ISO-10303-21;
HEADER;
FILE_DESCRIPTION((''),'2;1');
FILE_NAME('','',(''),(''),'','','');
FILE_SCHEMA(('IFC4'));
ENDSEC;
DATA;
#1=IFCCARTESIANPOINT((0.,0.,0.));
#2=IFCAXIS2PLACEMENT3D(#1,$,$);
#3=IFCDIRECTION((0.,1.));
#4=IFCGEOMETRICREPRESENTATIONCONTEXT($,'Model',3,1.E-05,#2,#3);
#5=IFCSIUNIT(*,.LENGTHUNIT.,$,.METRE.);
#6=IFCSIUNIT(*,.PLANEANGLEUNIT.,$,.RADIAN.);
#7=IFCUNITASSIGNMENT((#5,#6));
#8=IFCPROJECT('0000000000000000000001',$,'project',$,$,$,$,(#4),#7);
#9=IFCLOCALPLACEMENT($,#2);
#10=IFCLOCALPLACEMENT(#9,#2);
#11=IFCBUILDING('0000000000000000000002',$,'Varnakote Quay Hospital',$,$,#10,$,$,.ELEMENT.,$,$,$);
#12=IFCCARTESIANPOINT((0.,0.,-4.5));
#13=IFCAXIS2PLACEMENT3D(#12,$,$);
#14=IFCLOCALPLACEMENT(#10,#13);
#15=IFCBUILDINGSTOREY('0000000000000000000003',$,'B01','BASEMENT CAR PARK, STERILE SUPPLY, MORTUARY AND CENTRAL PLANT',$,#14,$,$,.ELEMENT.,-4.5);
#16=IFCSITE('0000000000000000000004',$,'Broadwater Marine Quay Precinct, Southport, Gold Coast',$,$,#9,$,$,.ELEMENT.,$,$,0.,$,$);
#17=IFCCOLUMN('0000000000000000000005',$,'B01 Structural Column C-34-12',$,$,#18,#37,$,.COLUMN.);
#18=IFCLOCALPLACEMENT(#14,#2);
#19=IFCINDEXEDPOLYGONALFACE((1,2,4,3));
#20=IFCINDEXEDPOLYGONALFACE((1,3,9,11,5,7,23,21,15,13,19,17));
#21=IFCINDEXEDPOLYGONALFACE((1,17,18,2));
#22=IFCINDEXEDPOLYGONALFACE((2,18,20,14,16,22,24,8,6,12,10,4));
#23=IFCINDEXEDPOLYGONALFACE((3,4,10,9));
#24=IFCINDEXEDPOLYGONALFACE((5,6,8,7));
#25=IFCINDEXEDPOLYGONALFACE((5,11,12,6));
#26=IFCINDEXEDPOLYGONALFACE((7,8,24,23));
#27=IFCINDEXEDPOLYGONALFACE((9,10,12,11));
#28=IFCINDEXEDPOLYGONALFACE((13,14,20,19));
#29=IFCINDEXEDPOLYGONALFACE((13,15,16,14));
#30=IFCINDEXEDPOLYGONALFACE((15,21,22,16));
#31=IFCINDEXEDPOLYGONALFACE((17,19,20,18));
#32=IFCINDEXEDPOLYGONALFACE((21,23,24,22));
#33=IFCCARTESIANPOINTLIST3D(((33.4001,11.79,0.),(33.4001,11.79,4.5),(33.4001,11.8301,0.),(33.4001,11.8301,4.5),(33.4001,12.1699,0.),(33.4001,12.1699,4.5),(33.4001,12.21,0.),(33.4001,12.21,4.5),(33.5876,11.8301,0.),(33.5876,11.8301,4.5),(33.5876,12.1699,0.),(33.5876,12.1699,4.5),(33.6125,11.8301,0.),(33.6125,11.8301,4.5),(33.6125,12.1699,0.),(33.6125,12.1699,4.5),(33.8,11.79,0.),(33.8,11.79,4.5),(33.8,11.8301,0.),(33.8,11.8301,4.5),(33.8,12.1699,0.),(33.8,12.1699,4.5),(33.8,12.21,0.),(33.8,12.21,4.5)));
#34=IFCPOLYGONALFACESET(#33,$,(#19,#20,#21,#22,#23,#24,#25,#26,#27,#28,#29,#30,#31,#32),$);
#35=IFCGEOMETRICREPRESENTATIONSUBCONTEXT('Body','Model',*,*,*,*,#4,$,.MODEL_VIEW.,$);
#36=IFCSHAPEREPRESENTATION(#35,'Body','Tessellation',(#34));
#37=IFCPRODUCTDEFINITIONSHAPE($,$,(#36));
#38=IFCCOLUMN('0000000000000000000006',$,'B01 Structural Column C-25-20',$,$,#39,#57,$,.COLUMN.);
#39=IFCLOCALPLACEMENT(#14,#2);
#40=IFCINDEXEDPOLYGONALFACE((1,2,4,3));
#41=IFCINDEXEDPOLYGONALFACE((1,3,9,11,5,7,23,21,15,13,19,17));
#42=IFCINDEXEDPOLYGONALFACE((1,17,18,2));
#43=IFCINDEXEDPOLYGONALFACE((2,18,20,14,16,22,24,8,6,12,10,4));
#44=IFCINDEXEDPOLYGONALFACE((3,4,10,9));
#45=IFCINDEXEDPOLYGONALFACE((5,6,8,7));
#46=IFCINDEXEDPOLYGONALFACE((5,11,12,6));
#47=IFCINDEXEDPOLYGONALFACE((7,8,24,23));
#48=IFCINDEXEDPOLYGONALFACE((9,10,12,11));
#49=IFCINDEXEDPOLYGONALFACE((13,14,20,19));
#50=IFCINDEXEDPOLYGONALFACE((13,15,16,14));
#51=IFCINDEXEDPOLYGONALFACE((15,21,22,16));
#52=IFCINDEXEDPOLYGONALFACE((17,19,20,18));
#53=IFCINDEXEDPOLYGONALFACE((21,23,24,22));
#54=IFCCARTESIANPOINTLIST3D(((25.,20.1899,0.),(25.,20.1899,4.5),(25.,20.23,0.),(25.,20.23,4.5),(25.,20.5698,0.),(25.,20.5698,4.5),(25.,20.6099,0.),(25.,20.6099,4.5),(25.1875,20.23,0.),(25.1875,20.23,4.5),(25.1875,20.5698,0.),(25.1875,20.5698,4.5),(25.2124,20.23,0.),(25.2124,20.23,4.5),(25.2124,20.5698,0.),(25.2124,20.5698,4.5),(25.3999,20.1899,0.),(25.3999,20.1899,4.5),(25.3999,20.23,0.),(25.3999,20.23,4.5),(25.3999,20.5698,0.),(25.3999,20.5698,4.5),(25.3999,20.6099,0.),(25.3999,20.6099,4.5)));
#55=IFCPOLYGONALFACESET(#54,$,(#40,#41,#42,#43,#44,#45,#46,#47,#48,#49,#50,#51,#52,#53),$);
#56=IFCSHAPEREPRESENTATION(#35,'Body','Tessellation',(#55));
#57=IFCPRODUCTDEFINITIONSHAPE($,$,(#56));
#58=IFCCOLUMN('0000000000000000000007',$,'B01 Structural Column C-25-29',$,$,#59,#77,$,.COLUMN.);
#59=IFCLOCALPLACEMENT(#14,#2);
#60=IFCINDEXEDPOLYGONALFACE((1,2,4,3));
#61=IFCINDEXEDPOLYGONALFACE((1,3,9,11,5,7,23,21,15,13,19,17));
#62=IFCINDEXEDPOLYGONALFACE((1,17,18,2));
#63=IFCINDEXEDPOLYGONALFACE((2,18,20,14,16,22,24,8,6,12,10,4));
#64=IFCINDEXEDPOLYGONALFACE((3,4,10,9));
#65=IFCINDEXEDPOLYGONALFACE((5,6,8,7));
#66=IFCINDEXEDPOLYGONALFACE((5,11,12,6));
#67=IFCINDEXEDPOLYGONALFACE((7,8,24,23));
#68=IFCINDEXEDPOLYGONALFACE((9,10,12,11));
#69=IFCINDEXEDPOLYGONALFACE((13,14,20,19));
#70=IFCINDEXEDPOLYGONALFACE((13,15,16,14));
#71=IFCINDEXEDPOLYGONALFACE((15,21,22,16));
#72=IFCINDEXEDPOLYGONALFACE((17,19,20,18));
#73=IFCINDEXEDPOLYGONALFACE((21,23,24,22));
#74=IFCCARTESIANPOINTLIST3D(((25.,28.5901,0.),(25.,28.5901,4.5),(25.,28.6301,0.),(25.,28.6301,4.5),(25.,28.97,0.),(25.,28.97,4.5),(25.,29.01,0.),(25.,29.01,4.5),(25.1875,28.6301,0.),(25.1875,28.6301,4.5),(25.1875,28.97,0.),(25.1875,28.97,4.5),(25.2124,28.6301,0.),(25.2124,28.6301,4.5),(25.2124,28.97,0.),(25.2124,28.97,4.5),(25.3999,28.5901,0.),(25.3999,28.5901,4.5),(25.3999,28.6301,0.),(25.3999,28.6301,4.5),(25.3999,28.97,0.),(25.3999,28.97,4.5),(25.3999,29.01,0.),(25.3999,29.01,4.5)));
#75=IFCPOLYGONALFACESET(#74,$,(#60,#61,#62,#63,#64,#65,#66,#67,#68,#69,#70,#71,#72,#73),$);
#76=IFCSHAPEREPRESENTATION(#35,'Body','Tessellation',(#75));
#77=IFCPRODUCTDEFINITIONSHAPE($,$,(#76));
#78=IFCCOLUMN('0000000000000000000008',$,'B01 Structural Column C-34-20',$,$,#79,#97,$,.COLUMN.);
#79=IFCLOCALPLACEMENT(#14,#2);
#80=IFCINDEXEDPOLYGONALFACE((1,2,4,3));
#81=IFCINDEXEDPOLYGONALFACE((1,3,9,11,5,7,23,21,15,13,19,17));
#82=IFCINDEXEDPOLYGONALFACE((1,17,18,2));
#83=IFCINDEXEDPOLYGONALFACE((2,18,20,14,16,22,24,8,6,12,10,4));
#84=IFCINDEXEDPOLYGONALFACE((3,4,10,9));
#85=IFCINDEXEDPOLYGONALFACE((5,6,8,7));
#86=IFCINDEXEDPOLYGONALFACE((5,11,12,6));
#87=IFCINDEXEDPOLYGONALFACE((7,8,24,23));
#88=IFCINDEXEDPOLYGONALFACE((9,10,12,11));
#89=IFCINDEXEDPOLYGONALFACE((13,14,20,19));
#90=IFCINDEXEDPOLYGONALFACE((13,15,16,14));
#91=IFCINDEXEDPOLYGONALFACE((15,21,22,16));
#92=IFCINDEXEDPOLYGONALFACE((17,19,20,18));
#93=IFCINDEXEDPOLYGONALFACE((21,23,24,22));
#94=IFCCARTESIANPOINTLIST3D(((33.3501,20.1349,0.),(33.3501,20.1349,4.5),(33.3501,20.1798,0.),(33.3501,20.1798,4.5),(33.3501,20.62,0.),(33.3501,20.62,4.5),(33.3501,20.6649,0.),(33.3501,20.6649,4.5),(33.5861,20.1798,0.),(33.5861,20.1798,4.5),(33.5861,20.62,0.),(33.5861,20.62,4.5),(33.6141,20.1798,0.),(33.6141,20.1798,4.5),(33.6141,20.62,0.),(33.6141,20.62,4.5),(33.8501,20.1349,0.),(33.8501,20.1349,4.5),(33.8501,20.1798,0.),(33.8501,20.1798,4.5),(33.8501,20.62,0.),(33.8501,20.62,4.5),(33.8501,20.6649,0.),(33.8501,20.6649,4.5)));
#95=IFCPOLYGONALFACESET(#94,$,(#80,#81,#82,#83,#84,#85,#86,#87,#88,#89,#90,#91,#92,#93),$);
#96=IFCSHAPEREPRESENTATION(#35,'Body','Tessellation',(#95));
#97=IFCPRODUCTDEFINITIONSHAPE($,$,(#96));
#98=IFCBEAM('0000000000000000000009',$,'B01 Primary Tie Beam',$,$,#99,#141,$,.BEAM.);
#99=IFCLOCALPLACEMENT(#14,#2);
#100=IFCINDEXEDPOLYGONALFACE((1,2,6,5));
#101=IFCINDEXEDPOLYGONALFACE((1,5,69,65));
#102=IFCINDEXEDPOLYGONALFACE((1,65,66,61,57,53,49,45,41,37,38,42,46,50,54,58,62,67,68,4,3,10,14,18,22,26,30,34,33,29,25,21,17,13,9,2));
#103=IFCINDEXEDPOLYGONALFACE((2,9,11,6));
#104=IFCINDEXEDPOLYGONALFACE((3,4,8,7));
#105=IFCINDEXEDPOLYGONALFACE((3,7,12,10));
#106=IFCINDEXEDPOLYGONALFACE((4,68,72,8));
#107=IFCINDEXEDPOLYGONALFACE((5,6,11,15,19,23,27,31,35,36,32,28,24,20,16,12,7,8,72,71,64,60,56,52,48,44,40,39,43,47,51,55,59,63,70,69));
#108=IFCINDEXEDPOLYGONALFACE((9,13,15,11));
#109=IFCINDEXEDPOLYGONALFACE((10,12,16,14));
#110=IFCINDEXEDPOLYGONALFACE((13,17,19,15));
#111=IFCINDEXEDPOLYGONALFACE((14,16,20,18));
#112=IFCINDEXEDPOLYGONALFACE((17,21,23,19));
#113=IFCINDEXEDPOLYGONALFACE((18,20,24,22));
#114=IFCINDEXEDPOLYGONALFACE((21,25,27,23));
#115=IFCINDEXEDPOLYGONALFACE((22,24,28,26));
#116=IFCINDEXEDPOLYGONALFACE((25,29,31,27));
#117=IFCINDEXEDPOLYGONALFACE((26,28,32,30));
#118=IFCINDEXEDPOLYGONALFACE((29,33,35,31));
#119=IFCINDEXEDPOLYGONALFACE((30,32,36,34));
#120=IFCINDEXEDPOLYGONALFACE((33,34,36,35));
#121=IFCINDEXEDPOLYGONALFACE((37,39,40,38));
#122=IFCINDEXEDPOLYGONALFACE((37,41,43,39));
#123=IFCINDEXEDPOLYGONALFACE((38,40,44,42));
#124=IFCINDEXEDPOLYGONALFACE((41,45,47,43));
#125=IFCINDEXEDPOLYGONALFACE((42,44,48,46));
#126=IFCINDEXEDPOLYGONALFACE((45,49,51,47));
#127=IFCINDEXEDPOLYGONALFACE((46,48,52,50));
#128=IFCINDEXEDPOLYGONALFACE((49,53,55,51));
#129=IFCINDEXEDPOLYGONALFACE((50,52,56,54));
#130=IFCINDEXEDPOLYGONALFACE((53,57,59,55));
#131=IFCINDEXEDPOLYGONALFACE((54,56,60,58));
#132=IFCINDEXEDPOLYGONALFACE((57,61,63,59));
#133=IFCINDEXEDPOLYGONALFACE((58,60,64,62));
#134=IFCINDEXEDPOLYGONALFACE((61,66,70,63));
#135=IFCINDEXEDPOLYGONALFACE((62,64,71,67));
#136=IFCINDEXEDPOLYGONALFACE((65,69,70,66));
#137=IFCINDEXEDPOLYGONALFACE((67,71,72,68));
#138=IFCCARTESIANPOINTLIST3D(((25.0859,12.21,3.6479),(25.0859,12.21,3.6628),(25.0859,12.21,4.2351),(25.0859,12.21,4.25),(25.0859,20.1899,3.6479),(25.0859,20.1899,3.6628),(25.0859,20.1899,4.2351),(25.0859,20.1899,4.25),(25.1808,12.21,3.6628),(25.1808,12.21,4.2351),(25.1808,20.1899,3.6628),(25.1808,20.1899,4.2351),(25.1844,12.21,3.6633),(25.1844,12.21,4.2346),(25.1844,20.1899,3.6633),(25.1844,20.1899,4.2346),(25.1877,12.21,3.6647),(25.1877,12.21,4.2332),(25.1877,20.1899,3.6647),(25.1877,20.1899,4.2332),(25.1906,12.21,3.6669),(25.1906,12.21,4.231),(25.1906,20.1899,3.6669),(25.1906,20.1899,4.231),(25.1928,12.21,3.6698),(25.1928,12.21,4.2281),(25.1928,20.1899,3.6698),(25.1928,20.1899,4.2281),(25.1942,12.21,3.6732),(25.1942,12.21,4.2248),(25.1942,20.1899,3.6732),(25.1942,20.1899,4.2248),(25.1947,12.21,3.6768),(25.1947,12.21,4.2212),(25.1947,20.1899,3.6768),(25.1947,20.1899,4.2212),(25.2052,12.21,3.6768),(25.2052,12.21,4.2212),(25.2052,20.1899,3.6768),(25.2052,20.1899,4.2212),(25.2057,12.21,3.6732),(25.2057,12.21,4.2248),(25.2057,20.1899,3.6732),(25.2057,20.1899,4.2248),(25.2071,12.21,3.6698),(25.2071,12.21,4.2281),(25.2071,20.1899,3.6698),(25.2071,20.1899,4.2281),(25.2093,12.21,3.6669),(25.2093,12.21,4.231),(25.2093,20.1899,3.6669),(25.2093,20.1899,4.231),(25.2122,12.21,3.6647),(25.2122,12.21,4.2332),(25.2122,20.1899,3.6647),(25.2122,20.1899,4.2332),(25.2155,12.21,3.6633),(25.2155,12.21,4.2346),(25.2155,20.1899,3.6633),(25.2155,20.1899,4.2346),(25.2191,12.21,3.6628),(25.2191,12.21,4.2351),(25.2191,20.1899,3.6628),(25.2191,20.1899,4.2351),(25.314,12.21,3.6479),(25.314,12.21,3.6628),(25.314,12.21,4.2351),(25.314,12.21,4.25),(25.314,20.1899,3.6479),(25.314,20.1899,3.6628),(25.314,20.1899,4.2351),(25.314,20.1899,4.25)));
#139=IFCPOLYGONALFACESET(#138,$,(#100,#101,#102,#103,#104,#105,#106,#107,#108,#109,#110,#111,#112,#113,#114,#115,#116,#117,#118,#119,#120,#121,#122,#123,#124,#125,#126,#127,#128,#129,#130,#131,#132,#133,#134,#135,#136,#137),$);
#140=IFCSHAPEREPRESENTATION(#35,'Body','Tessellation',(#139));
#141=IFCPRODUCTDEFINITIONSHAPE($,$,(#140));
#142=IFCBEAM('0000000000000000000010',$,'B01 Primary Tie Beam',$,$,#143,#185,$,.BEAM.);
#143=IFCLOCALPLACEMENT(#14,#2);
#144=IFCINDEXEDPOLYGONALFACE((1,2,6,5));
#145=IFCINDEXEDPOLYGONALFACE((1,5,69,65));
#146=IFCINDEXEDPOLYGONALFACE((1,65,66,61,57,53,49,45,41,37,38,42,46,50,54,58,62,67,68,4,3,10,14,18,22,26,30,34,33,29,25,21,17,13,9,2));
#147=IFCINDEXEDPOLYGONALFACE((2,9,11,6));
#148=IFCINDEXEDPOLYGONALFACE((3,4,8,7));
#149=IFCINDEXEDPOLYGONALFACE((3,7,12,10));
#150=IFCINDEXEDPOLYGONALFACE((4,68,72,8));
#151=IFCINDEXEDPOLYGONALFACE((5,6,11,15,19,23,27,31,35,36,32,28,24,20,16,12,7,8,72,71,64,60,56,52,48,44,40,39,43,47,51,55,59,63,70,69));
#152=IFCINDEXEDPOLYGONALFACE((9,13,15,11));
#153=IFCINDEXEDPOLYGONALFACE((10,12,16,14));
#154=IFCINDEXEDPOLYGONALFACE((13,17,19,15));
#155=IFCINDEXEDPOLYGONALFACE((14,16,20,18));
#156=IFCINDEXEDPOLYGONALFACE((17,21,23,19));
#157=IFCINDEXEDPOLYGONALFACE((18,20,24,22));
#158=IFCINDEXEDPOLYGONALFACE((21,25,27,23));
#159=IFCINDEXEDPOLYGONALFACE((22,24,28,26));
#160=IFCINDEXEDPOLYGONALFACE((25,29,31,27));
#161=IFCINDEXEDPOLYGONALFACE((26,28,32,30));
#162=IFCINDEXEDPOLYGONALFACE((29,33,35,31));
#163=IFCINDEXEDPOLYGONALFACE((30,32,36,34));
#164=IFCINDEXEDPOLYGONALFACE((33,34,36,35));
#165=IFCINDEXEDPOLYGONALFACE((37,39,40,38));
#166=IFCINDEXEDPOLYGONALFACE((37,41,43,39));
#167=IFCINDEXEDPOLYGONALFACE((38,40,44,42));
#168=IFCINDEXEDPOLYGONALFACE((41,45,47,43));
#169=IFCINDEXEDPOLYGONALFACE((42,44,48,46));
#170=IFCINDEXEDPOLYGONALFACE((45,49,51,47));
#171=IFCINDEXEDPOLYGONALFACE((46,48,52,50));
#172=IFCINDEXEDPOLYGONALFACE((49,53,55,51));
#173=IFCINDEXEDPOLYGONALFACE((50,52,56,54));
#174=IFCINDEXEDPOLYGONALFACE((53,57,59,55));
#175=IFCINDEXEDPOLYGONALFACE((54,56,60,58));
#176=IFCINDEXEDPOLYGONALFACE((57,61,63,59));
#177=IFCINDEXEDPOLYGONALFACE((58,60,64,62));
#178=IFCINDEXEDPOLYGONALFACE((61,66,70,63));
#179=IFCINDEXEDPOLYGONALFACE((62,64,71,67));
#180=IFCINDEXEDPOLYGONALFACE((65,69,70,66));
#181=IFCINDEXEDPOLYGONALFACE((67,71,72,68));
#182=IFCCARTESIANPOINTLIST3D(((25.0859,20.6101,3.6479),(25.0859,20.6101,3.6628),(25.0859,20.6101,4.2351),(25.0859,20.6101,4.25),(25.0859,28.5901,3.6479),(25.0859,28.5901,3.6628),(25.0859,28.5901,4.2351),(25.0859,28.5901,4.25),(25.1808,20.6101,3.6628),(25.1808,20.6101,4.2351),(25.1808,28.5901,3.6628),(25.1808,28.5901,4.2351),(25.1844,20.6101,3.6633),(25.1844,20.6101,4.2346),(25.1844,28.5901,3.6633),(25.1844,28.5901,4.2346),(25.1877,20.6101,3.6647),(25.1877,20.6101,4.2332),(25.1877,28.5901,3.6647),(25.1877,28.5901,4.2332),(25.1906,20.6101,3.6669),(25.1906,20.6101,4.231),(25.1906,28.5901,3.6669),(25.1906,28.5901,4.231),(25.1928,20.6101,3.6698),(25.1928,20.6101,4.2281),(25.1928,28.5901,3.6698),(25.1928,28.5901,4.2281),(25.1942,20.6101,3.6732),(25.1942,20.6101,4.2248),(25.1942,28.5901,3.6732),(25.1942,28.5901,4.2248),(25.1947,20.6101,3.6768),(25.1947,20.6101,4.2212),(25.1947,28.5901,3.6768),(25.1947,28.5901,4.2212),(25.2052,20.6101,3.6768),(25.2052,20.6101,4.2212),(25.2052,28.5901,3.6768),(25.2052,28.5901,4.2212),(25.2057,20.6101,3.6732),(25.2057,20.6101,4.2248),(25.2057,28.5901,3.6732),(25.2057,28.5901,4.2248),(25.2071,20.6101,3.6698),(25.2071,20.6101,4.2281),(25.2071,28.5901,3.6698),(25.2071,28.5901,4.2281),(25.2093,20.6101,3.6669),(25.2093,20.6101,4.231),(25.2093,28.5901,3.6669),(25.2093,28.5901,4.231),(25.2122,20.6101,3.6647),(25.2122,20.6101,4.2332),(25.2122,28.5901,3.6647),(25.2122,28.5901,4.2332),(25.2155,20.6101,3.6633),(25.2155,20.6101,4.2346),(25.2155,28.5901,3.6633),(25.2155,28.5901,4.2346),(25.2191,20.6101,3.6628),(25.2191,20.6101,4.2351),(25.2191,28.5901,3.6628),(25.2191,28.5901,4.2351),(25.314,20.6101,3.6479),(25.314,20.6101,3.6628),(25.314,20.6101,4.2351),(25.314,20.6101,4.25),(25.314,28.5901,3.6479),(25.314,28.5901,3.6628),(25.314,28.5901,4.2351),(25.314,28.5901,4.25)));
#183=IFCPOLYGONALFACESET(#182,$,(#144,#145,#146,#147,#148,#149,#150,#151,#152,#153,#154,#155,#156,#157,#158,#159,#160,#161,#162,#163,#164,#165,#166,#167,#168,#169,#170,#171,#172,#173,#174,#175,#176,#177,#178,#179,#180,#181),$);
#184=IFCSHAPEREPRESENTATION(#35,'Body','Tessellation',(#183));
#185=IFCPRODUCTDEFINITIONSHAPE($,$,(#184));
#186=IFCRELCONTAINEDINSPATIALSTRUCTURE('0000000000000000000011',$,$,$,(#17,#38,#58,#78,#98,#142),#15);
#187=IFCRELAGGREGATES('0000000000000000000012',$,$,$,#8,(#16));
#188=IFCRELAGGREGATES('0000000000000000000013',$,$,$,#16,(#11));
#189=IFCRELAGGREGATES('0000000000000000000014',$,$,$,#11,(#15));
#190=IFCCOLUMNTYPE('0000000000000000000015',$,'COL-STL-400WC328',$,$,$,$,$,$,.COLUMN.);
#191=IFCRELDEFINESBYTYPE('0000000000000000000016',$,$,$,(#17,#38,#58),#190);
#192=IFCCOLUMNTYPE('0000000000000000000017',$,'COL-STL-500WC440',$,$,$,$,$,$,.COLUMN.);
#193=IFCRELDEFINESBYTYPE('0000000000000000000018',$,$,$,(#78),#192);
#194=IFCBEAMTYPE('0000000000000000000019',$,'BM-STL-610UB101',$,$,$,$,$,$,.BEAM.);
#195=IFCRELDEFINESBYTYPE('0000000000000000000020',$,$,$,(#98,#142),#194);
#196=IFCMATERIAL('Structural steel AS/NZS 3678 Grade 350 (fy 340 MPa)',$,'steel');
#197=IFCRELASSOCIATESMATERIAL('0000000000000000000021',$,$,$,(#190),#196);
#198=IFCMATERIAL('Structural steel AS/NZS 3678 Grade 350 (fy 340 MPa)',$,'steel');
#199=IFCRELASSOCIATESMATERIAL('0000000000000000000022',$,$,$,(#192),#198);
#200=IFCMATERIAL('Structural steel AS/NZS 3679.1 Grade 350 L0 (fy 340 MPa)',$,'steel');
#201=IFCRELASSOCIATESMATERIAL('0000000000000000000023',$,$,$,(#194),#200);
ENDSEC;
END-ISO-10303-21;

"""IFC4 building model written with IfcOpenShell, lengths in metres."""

from ifc_helpers import new_model, si_unit, direction, frame, origin, origin_2d, place, context, subcontext, project, spatial, i_section, extrude, material, material_profile, profile_set, type_object, element, save


model = new_model("IFC4")

# Units and contexts
model_context = context("Model", 3, precision=1e-05, world=origin(), true_north=direction((0.0, 1.0)))
body_context = subcontext(model_context, "Body", "Model", "MODEL_VIEW")
ifc_project = project(units=[si_unit("LENGTHUNIT", "METRE"), si_unit("PLANEANGLEUNIT", "RADIAN")], contexts=[model_context])

# Site, building, storey
site_placement = place(None, origin())
site = spatial("IfcSite", under=ifc_project, at=site_placement, Name="Broadwater Marine Quay Precinct, Southport, Gold Coast", CompositionType="ELEMENT", RefElevation=0.0)
building_placement = place(site_placement, origin())
building = spatial("IfcBuilding", under=site, at=building_placement, Name="Varnakote Quay Hospital", CompositionType="ELEMENT")
storey_placement = place(building_placement, frame((0.0, 0.0, -4.5)))
storey = spatial("IfcBuildingStorey", under=building, at=storey_placement, Name="B01", Description="BASEMENT CAR PARK, STERILE SUPPLY, MORTUARY AND CENTRAL PLANT", CompositionType="ELEMENT", Elevation=-4.5)

# Columns
ifc_material_1 = material(Name="Structural steel AS/NZS 3678 Grade 350 (fy 340 MPa)", Category="steel")
ifc_material_profile_1 = material_profile(ifc_material_1, i_section(OverallWidth=0.3999, OverallDepth=0.4199, WebThickness=0.0249, FlangeThickness=0.04, at=origin_2d()), Name="400WC328")
ifc_profile_set_1 = profile_set([ifc_material_profile_1], Name="Structural steel AS/NZS 3678 Grade 350 (fy 340 MPa)")
column_type_1 = type_object("IfcColumnType", Name="COL-STL-400WC328", PredefinedType="COLUMN", material=ifc_profile_set_1)
for number, where, z_axis, x_axis, name in (
    (1, (33.6001, 12.0, 0.0), (0.0, 0.0, 1.0), (1.0, 0.0, 0.0), "B01 Structural Column C-34-12"),
    (2, (25.2, 20.3999, 0.0), (0.0, 0.0, 1.0), (1.0, 0.0, 0.0), "B01 Structural Column C-25-20"),
    (3, (25.2, 28.8, 0.0), (0.0, 0.0, 1.0), (1.0, 0.0, 0.0), "B01 Structural Column C-25-29"),
):
    element("IfcColumn", number, at=place(storey_placement, frame(where, z_axis=z_axis, x_axis=x_axis)), inside=storey, type_object=column_type_1, Name=name, PredefinedType="COLUMN", context=body_context, shape_type="SweptSolid", body=[
        extrude(i_section(OverallWidth=0.3999, OverallDepth=0.4199, WebThickness=0.0249, FlangeThickness=0.04, at=origin_2d()), origin(), (0.0, 0.0, 1.0), 4.5),
    ])
ifc_material_2 = material(Name="Structural steel AS/NZS 3678 Grade 350 (fy 340 MPa)", Category="steel")
ifc_material_profile_2 = material_profile(ifc_material_2, i_section(OverallWidth=0.5, OverallDepth=0.53, WebThickness=0.0281, FlangeThickness=0.0449, at=origin_2d()), Name="500WC440")
ifc_profile_set_2 = profile_set([ifc_material_profile_2], Name="Structural steel AS/NZS 3678 Grade 350 (fy 340 MPa)")
column_type_2 = type_object("IfcColumnType", Name="COL-STL-500WC440", PredefinedType="COLUMN", material=ifc_profile_set_2)
column_placement = place(storey_placement, frame((33.6001, 20.3999, 0.0), z_axis=(0.0, 0.0, 1.0), x_axis=(1.0, 0.0, 0.0)))
element("IfcColumn", 4, at=column_placement, inside=storey, type_object=column_type_2, Name="B01 Structural Column C-34-20", PredefinedType="COLUMN", context=body_context, shape_type="SweptSolid", body=[
    extrude(i_section(OverallWidth=0.5, OverallDepth=0.53, WebThickness=0.0281, FlangeThickness=0.0449, at=origin_2d()), origin(), (0.0, 0.0, 1.0), 4.5),
])

# Beams
ifc_material_3 = material(Name="Structural steel AS/NZS 3679.1 Grade 350 L0 (fy 340 MPa)", Category="steel")
ifc_material_profile_3 = material_profile(ifc_material_3, i_section(OverallWidth=0.228, OverallDepth=0.6021, WebThickness=0.0105, FlangeThickness=0.0149, FilletRadius=0.0139, at=origin_2d()), Name="610UB101")
ifc_profile_set_3 = profile_set([ifc_material_profile_3], Name="Structural steel AS/NZS 3679.1 Grade 350 L0 (fy 340 MPa)")
beam_type_1 = type_object("IfcBeamType", Name="BM-STL-610UB101", PredefinedType="BEAM", material=ifc_profile_set_3)
for number, where, z_axis, x_axis, name in (
    (5, (25.2, 12.21, 3.949), (0.0, 1.0, 0.0), (-1.0, 0.0, 0.0), "B01 Primary Tie Beam"),
    (6, (25.2, 20.6101, 3.949), (0.0, 1.0, 0.0), (-1.0, 0.0, 0.0), "B01 Primary Tie Beam"),
):
    element("IfcBeam", number, at=place(storey_placement, frame(where, z_axis=z_axis, x_axis=x_axis)), inside=storey, type_object=beam_type_1, Name=name, PredefinedType="BEAM", context=body_context, shape_type="SweptSolid", body=[
        extrude(i_section(OverallWidth=0.228, OverallDepth=0.6021, WebThickness=0.0105, FlangeThickness=0.0149, FilletRadius=0.0139, at=origin_2d()), origin(), (0.0, 0.0, 1.0), 7.98),
    ])

save(model, "model.ifc")
